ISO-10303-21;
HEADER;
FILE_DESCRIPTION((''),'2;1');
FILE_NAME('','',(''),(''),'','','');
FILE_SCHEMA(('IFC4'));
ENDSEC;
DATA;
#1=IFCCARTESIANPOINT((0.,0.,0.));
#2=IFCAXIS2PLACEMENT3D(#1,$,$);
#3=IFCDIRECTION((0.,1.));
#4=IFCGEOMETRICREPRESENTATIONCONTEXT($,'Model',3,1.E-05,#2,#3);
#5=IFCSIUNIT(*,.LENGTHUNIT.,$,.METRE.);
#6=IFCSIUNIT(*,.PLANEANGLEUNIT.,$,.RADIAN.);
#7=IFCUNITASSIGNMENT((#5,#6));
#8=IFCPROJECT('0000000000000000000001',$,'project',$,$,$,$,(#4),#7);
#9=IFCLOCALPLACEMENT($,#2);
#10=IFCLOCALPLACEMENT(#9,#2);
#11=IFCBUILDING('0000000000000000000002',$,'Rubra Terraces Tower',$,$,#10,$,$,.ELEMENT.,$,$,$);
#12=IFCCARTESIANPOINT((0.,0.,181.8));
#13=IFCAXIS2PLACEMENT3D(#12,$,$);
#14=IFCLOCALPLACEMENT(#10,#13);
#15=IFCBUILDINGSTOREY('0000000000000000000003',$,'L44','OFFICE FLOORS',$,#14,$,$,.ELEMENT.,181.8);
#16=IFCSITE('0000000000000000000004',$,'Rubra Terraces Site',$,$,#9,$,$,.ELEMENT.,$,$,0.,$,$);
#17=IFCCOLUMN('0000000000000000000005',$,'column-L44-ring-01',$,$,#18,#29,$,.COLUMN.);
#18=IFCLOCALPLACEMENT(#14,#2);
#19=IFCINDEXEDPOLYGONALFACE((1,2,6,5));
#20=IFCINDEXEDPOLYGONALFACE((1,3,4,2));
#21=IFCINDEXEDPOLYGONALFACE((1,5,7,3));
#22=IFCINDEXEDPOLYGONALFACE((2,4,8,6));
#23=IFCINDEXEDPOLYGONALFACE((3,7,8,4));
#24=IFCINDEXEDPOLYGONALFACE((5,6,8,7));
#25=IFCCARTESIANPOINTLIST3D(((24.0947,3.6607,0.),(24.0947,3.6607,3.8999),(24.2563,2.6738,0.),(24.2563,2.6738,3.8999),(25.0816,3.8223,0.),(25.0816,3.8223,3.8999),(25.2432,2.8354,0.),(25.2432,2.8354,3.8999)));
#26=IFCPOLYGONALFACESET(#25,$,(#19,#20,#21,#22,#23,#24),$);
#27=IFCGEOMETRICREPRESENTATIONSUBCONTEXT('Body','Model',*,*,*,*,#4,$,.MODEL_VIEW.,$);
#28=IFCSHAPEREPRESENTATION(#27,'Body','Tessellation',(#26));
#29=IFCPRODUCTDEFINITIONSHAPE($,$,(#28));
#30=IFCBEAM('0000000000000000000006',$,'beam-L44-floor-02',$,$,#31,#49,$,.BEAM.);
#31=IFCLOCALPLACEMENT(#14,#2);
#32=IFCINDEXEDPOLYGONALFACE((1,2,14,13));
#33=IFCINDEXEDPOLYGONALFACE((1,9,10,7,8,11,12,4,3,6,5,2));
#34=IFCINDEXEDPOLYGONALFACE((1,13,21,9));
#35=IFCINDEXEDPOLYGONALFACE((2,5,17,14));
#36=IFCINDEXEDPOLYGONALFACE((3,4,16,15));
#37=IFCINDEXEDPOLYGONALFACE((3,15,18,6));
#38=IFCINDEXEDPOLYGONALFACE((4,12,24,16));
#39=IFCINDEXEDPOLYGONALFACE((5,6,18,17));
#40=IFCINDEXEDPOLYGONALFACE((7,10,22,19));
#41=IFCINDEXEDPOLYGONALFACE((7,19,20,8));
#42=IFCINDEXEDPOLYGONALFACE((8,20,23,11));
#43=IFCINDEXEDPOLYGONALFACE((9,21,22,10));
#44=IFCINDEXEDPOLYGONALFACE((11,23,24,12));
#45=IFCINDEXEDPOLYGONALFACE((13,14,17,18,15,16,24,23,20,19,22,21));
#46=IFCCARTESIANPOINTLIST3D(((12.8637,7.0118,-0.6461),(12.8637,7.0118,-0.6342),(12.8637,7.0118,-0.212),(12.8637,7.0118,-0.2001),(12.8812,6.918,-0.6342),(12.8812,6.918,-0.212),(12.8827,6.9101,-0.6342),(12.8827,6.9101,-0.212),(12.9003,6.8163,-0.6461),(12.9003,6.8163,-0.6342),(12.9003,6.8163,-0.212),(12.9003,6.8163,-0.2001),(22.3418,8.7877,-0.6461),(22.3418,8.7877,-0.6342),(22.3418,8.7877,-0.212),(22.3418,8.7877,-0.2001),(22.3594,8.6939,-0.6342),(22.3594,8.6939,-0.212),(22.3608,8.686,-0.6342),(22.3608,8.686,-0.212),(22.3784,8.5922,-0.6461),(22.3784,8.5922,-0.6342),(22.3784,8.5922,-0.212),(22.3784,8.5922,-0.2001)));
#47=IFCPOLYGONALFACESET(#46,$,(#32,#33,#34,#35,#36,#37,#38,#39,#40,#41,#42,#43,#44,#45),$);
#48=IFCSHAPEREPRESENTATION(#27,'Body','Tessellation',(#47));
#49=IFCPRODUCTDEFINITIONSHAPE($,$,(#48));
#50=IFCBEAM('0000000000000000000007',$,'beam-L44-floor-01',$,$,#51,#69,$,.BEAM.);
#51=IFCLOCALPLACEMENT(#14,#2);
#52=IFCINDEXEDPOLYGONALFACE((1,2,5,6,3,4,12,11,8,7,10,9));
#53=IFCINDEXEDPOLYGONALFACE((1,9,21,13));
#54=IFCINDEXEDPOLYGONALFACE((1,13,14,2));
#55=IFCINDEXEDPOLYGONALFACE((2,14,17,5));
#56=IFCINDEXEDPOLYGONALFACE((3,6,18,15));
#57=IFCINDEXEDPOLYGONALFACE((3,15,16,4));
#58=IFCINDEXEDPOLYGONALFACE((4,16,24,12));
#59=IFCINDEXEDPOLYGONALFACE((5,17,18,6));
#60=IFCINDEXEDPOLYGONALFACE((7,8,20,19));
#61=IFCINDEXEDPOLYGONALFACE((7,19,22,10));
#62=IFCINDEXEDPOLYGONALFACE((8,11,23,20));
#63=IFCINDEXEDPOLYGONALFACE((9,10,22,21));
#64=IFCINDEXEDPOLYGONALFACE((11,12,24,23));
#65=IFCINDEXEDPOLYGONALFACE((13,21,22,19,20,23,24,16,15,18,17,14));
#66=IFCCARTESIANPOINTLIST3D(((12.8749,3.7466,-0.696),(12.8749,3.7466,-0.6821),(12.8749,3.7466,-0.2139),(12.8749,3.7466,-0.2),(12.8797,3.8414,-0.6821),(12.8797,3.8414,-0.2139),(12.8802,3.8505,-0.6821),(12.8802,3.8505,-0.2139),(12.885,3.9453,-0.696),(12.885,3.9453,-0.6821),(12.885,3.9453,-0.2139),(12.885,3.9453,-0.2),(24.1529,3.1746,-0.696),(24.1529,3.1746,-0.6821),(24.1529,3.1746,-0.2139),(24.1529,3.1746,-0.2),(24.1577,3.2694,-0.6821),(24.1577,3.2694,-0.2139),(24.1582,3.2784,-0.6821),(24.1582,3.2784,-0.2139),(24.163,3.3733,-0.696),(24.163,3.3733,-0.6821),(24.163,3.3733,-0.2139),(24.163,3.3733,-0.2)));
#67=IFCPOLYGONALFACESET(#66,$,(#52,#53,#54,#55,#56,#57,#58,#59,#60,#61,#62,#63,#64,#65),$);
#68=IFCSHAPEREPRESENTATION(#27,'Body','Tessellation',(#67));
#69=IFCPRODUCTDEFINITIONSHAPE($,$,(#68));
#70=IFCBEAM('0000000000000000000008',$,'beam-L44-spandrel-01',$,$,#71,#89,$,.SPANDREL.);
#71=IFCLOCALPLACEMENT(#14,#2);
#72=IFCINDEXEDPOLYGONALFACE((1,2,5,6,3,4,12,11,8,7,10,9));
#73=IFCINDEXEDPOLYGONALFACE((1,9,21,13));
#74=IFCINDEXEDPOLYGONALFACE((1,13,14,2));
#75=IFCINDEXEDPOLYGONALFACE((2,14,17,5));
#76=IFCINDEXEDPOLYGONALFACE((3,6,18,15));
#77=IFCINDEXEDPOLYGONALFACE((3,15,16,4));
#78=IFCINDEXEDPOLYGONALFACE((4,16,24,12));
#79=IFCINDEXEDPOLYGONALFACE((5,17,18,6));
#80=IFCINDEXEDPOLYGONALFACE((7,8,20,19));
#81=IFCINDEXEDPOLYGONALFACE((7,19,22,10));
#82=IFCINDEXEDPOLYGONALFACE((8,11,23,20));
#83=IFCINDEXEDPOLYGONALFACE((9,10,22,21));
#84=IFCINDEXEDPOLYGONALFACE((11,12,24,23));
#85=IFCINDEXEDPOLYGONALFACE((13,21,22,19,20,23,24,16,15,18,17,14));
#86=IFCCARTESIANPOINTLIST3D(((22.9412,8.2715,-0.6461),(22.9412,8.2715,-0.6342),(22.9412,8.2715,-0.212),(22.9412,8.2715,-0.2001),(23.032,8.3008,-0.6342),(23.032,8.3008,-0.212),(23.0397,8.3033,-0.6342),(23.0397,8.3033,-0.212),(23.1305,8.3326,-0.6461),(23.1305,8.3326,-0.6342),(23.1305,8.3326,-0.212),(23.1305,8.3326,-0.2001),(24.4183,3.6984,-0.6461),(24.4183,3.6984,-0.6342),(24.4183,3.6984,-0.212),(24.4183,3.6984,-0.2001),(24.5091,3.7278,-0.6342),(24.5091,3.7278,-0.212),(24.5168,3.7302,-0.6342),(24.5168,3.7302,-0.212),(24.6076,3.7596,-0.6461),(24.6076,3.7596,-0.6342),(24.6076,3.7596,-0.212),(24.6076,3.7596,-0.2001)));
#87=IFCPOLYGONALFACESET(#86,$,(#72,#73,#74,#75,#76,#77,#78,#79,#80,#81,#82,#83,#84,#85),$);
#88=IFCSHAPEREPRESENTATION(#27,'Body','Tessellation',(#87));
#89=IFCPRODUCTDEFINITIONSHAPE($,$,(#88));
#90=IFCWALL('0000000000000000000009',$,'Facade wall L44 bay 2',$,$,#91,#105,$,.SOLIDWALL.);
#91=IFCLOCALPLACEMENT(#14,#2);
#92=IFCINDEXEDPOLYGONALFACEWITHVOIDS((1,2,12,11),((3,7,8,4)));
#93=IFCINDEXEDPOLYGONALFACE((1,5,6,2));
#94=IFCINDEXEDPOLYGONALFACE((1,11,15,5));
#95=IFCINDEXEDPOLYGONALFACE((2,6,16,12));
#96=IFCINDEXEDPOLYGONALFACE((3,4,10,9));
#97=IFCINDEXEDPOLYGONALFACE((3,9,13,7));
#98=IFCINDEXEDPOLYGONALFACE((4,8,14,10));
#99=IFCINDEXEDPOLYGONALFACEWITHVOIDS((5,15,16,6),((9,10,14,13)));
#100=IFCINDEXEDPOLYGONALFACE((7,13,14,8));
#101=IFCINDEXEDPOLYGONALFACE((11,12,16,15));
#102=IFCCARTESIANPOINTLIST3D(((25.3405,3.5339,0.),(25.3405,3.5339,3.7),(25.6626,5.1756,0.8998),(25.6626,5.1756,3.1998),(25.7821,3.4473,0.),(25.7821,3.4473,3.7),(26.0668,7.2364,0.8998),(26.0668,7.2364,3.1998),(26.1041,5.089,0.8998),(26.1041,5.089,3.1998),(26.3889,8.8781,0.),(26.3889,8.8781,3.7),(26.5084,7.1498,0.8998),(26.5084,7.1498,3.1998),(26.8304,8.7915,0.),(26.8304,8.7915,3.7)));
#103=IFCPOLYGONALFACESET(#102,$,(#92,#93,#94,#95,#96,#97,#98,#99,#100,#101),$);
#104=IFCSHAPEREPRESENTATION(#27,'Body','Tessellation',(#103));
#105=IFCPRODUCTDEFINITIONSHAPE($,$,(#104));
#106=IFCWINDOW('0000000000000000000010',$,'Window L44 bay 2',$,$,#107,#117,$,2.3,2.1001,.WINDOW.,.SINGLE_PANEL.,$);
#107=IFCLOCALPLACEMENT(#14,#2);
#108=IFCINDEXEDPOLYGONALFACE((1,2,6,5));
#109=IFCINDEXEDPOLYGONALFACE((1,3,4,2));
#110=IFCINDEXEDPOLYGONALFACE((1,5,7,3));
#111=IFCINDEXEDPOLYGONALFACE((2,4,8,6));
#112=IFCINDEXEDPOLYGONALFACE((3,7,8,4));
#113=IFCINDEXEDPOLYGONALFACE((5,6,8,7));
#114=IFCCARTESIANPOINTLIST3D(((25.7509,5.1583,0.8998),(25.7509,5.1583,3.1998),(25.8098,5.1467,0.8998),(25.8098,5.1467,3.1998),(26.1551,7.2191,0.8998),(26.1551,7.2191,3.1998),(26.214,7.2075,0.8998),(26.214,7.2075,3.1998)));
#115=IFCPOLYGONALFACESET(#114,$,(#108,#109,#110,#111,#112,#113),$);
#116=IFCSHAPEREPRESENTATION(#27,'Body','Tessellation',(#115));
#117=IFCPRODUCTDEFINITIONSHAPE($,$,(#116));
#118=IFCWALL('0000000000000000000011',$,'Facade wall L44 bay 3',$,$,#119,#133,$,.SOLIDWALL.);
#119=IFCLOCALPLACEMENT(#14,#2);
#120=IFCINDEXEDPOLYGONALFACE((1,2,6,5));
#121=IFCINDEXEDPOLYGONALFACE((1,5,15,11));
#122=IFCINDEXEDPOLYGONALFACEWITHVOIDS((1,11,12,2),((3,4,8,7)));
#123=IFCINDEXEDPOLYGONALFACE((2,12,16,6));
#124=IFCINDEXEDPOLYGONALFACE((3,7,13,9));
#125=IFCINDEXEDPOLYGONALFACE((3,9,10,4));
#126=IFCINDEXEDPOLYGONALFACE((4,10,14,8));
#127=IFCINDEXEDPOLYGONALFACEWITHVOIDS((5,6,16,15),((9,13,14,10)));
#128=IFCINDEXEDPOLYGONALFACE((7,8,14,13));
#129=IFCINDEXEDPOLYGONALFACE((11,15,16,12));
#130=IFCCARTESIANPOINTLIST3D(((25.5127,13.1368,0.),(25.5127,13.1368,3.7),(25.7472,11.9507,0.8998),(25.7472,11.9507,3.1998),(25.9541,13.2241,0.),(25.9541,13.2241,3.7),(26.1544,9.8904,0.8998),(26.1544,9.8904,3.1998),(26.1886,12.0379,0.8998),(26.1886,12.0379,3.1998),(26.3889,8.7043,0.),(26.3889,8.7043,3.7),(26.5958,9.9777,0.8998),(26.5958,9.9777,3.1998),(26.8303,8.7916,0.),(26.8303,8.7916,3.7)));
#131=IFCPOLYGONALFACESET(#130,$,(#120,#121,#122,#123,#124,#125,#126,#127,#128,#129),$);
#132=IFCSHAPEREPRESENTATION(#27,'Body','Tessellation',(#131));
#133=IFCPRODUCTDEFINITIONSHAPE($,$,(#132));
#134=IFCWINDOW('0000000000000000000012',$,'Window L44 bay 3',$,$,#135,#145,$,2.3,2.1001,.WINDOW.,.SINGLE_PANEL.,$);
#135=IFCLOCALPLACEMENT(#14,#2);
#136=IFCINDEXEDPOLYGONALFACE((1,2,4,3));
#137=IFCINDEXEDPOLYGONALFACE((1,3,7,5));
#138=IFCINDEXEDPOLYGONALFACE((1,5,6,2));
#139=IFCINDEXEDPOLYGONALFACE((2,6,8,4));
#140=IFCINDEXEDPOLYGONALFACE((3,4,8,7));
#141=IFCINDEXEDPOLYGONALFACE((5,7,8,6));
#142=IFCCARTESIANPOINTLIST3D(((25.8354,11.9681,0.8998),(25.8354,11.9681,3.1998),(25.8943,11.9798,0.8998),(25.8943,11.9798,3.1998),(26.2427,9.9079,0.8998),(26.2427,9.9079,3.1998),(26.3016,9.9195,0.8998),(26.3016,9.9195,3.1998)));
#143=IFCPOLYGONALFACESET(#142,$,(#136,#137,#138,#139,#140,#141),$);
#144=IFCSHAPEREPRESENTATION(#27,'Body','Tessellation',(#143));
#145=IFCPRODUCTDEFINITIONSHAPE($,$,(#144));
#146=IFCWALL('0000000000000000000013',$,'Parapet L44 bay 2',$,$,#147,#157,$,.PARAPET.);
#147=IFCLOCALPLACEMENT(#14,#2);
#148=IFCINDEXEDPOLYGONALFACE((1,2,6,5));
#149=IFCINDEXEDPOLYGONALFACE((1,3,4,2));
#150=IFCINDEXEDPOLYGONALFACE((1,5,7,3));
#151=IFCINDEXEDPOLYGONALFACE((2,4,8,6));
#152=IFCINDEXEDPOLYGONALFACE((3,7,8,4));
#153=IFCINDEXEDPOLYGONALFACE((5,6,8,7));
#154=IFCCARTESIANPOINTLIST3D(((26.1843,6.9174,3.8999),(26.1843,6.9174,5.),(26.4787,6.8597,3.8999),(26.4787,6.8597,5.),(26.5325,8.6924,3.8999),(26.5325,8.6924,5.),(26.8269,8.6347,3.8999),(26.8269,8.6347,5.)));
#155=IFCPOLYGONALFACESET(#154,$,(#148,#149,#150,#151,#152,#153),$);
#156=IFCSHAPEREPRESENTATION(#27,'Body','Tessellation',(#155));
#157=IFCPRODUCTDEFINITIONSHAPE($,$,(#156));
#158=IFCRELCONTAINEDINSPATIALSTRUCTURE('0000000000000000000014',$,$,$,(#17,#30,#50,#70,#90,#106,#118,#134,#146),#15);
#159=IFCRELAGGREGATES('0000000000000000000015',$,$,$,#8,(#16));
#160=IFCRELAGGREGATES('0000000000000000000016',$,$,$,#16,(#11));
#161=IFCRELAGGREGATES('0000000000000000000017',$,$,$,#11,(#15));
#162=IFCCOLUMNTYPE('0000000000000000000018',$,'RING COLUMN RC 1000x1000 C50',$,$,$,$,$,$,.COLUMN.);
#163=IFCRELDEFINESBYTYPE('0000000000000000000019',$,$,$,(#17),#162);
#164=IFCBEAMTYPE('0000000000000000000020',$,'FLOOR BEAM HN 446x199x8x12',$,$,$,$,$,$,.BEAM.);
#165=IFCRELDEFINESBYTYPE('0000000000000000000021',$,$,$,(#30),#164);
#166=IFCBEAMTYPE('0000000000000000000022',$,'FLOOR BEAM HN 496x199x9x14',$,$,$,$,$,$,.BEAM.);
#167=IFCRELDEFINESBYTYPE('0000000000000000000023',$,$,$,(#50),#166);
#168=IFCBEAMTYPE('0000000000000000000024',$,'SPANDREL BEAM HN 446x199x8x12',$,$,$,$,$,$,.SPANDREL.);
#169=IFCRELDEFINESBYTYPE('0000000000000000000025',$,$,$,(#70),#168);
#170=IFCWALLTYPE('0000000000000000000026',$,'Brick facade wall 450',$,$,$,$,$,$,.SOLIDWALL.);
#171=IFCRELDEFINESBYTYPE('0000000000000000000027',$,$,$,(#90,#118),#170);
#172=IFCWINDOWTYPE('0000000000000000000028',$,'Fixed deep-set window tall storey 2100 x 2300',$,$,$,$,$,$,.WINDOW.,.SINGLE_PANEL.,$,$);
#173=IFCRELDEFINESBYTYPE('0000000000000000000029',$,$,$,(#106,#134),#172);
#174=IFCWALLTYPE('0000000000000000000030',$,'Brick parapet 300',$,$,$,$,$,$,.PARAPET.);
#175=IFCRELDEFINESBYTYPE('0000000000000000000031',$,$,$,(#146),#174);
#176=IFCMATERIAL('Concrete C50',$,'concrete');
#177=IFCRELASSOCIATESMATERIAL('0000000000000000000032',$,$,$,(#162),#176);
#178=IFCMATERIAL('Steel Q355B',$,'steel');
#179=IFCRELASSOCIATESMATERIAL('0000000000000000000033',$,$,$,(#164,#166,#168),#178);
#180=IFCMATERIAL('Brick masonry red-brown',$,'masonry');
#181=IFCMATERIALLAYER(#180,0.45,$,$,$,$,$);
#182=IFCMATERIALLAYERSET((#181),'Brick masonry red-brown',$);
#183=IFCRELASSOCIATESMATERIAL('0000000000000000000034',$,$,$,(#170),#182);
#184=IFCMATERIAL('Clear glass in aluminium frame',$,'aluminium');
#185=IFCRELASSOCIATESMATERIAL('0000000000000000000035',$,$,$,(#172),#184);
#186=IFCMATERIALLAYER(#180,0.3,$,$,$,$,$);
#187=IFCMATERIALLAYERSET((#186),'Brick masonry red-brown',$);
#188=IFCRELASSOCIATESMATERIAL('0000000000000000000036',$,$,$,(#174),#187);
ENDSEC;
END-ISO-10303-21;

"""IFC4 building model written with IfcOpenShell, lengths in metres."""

from ifc_helpers import new_model, si_unit, direction, frame, frame_2d, origin, origin_2d, place, context, subcontext, project, spatial, rectangle, i_section, extrude, material, layer, layer_set, material_profile, profile_set, type_object, element, fill, save


model = new_model("IFC4")

# Units and contexts
model_context = context("Model", 3, precision=1e-05, world=origin(), true_north=direction((0.0, 1.0)))
body_context = subcontext(model_context, "Body", "Model", "MODEL_VIEW")
ifc_project = project(units=[si_unit("LENGTHUNIT", "METRE"), si_unit("PLANEANGLEUNIT", "RADIAN")], contexts=[model_context])

# Site, building, storey
site_placement = place(None, origin())
site = spatial("IfcSite", under=ifc_project, at=site_placement, Name="Rubra Terraces Site", CompositionType="ELEMENT", RefElevation=0.0)
building_placement = place(site_placement, origin())
building = spatial("IfcBuilding", under=site, at=building_placement, Name="Rubra Terraces Tower", CompositionType="ELEMENT")
storey_placement = place(building_placement, frame((0.0, 0.0, 181.8)))
storey = spatial("IfcBuildingStorey", under=building, at=storey_placement, Name="L44", Description="OFFICE FLOORS", CompositionType="ELEMENT", Elevation=181.8)

# Column
ifc_material_1 = material(Name="Concrete C50", Category="concrete")
ifc_material_profile_1 = material_profile(ifc_material_1, rectangle(XDim=1.0, YDim=1.0, at=origin_2d()), Name="RC 1000x1000")
ifc_profile_set_1 = profile_set([ifc_material_profile_1], Name="Concrete C50")
column_type = type_object("IfcColumnType", Name="RING COLUMN RC 1000x1000 C50", PredefinedType="COLUMN", material=ifc_profile_set_1)
column_placement = place(storey_placement, frame((24.6689, 3.248, 0.0), z_axis=(0.0, 0.0, 1.0), x_axis=(-0.161559, 0.986863, 0.0)))
element("IfcColumn", 1, at=column_placement, inside=storey, type_object=column_type, Name="column-L44-ring-01", PredefinedType="COLUMN", context=body_context, shape_type="SweptSolid", body=[
    extrude(rectangle(XDim=1.0, YDim=1.0, at=origin_2d()), origin(), (0.0, 0.0, 1.0), 3.8999),
])

# Beams
ifc_material_2 = material(Name="Steel Q355B", Category="steel")
ifc_material_profile_2 = material_profile(ifc_material_2, i_section(OverallWidth=0.199, OverallDepth=0.446, WebThickness=0.0081, FlangeThickness=0.012, at=origin_2d()), Name="HN 446x199x8x12")
ifc_profile_set_2 = profile_set([ifc_material_profile_2], Name="Steel Q355B")
beam_type_1 = type_object("IfcBeamType", Name="FLOOR BEAM HN 446x199x8x12", PredefinedType="BEAM", material=ifc_profile_set_2)
beam_1_placement = place(storey_placement, frame((22.3601, 8.6899, -0.4231), z_axis=(-0.982896, -0.184163, 0.0), x_axis=(0.184163, -0.982896, 0.0)))
element("IfcBeam", 2, at=beam_1_placement, inside=storey, type_object=beam_type_1, Name="beam-L44-floor-02", PredefinedType="BEAM", context=body_context, shape_type="SweptSolid", body=[
    extrude(i_section(OverallWidth=0.199, OverallDepth=0.446, WebThickness=0.0081, FlangeThickness=0.012, at=origin_2d()), origin(), (0.0, 0.0, 1.0), 9.6431),
])
ifc_material_profile_3 = material_profile(ifc_material_2, i_section(OverallWidth=0.199, OverallDepth=0.4961, WebThickness=0.009, FlangeThickness=0.0139, at=origin_2d()), Name="HN 496x199x9x14")
ifc_profile_set_3 = profile_set([ifc_material_profile_3], Name="Steel Q355B")
beam_type_2 = type_object("IfcBeamType", Name="FLOOR BEAM HN 496x199x9x14", PredefinedType="BEAM", material=ifc_profile_set_3)
beam_2_placement = place(storey_placement, frame((24.158, 3.2739, -0.448), z_axis=(-0.998716, 0.050655, 0.0), x_axis=(-0.050655, -0.998716, 0.0)))
element("IfcBeam", 3, at=beam_2_placement, inside=storey, type_object=beam_type_2, Name="beam-L44-floor-01", PredefinedType="BEAM", context=body_context, shape_type="SweptSolid", body=[
    extrude(i_section(OverallWidth=0.199, OverallDepth=0.4961, WebThickness=0.009, FlangeThickness=0.0139, at=origin_2d()), origin(), (0.0, 0.0, 1.0), 11.2925),
])
ifc_material_profile_4 = material_profile(ifc_material_2, i_section(OverallWidth=0.199, OverallDepth=0.446, WebThickness=0.0081, FlangeThickness=0.012, at=origin_2d()), Name="HN 446x199x8x12")
ifc_profile_set_4 = profile_set([ifc_material_profile_4], Name="Steel Q355B")
beam_type_3 = type_object("IfcBeamType", Name="SPANDREL BEAM HN 446x199x8x12", PredefinedType="SPANDREL", material=ifc_profile_set_4)
beam_3_placement = place(storey_placement, frame((24.5129, 3.729, -0.4231), z_axis=(-0.307359, 0.951594, 0.0), x_axis=(-0.951594, -0.307359, 0.0)))
element("IfcBeam", 4, at=beam_3_placement, inside=storey, type_object=beam_type_3, Name="beam-L44-spandrel-01", PredefinedType="SPANDREL", context=body_context, shape_type="SweptSolid", body=[
    extrude(i_section(OverallWidth=0.199, OverallDepth=0.446, WebThickness=0.0081, FlangeThickness=0.012, at=origin_2d()), origin(), (0.0, 0.0, 1.0), 4.8057),
])

# Walls, openings, windows
ifc_material_3 = material(Name="Brick masonry red-brown", Category="masonry")
ifc_layer_1 = layer(ifc_material_3, 0.45)
ifc_layer_set_1 = layer_set([ifc_layer_1], Name="Brick masonry red-brown")
wall_type_1 = type_object("IfcWallType", Name="Brick facade wall 450", PredefinedType="SOLIDWALL", material=ifc_layer_set_1)
wall_1_placement = place(storey_placement, frame((25.5613, 3.4905, 0.0), z_axis=(0.0, 0.0, 1.0), x_axis=(0.192494, 0.981298, 0.0)))
wall_1 = element("IfcWall", 5, at=wall_1_placement, inside=storey, type_object=wall_type_1, Name="Facade wall L44 bay 2", PredefinedType="SOLIDWALL", context=body_context, shape_type="SweptSolid", body=[
    extrude(rectangle(XDim=5.446, YDim=0.45, at=frame_2d((2.7231, 0.0))), origin(), (0.0, 0.0, 1.0), 3.7),
])
opening_1_placement = place(wall_1_placement, frame((1.6731, 0.0, 0.8999)))
opening_1 = element("IfcOpeningElement", 6, at=opening_1_placement, cuts=wall_1, PredefinedType="OPENING", context=body_context, shape_type="SweptSolid", body=[
    extrude(rectangle(XDim=2.1001, YDim=2.3, at=frame_2d((1.05, 1.1499))), frame((0.0, 0.2349, 0.0), z_axis=(0.0, -1.0, 0.0), x_axis=(1.0, 0.0, 0.0)), (0.0, 0.0, 1.0), 0.47),
])
ifc_material_4 = material(Name="Clear glass in aluminium frame", Category="aluminium")
window_type = type_object("IfcWindowType", Name="Fixed deep-set window tall storey 2100 x 2300", PartitioningType="SINGLE_PANEL", PredefinedType="WINDOW", material=ifc_material_4)
window_1_placement = place(opening_1_placement, origin())
window_1 = element("IfcWindow", 7, at=window_1_placement, inside=storey, type_object=window_type, Name="Window L44 bay 2", OverallHeight=2.3, OverallWidth=2.1001, PartitioningType="SINGLE_PANEL", PredefinedType="WINDOW", context=body_context, shape_type="SweptSolid", body=[
    extrude(rectangle(XDim=2.1001, YDim=2.3, at=frame_2d((1.05, 1.1499))), frame((0.0, 0.135, 0.0), z_axis=(0.0, -1.0, 0.0), x_axis=(1.0, 0.0, 0.0)), (0.0, 0.0, 1.0), 0.0601),
])
fill(opening_1, window_1)
wall_2_placement = place(storey_placement, frame((26.6096, 8.7478, 0.0), z_axis=(0.0, 0.0, 1.0), x_axis=(-0.193923, 0.981017, 0.0)))
wall_2 = element("IfcWall", 8, at=wall_2_placement, inside=storey, type_object=wall_type_1, Name="Facade wall L44 bay 3", PredefinedType="SOLIDWALL", context=body_context, shape_type="SweptSolid", body=[
    extrude(rectangle(XDim=4.5183, YDim=0.45, at=frame_2d((2.2593, 0.0))), origin(), (0.0, 0.0, 1.0), 3.7),
])
opening_2_placement = place(wall_2_placement, frame((1.2092, 0.0, 0.8999)))
opening_2 = element("IfcOpeningElement", 9, at=opening_2_placement, cuts=wall_2, PredefinedType="OPENING", context=body_context, shape_type="SweptSolid", body=[
    extrude(rectangle(XDim=2.1001, YDim=2.3, at=frame_2d((1.05, 1.1499))), frame((0.0, 0.2349, 0.0), z_axis=(0.0, -1.0, 0.0), x_axis=(1.0, 0.0, 0.0)), (0.0, 0.0, 1.0), 0.47),
])
window_2_placement = place(opening_2_placement, origin())
window_2 = element("IfcWindow", 10, at=window_2_placement, inside=storey, type_object=window_type, Name="Window L44 bay 3", OverallHeight=2.3, OverallWidth=2.1001, PartitioningType="SINGLE_PANEL", PredefinedType="WINDOW", context=body_context, shape_type="SweptSolid", body=[
    extrude(rectangle(XDim=2.1001, YDim=2.3, at=frame_2d((1.05, 1.1499))), frame((0.0, 0.135, 0.0), z_axis=(0.0, -1.0, 0.0), x_axis=(1.0, 0.0, 0.0)), (0.0, 0.0, 1.0), 0.0601),
])
fill(opening_2, window_2)

# Wall
ifc_layer_2 = layer(ifc_material_3, 0.3)
ifc_layer_set_2 = layer_set([ifc_layer_2], Name="Brick masonry red-brown")
wall_type_2 = type_object("IfcWallType", Name="Brick parapet 300", PredefinedType="PARAPET", material=ifc_layer_set_2)
wall_3_placement = place(storey_placement, frame((26.3315, 6.8887, 3.8999), z_axis=(0.0, 0.0, 1.0), x_axis=(0.192481, 0.981301, 0.0)))
element("IfcWall", 11, at=wall_3_placement, inside=storey, type_object=wall_type_2, Name="Parapet L44 bay 2", PredefinedType="PARAPET", context=body_context, shape_type="SweptSolid", body=[
    extrude(rectangle(XDim=1.8088, YDim=0.3, at=frame_2d((0.9043, 0.0))), origin(), (0.0, 0.0, 1.0), 1.1001),
])

save(model, "model.ifc")
